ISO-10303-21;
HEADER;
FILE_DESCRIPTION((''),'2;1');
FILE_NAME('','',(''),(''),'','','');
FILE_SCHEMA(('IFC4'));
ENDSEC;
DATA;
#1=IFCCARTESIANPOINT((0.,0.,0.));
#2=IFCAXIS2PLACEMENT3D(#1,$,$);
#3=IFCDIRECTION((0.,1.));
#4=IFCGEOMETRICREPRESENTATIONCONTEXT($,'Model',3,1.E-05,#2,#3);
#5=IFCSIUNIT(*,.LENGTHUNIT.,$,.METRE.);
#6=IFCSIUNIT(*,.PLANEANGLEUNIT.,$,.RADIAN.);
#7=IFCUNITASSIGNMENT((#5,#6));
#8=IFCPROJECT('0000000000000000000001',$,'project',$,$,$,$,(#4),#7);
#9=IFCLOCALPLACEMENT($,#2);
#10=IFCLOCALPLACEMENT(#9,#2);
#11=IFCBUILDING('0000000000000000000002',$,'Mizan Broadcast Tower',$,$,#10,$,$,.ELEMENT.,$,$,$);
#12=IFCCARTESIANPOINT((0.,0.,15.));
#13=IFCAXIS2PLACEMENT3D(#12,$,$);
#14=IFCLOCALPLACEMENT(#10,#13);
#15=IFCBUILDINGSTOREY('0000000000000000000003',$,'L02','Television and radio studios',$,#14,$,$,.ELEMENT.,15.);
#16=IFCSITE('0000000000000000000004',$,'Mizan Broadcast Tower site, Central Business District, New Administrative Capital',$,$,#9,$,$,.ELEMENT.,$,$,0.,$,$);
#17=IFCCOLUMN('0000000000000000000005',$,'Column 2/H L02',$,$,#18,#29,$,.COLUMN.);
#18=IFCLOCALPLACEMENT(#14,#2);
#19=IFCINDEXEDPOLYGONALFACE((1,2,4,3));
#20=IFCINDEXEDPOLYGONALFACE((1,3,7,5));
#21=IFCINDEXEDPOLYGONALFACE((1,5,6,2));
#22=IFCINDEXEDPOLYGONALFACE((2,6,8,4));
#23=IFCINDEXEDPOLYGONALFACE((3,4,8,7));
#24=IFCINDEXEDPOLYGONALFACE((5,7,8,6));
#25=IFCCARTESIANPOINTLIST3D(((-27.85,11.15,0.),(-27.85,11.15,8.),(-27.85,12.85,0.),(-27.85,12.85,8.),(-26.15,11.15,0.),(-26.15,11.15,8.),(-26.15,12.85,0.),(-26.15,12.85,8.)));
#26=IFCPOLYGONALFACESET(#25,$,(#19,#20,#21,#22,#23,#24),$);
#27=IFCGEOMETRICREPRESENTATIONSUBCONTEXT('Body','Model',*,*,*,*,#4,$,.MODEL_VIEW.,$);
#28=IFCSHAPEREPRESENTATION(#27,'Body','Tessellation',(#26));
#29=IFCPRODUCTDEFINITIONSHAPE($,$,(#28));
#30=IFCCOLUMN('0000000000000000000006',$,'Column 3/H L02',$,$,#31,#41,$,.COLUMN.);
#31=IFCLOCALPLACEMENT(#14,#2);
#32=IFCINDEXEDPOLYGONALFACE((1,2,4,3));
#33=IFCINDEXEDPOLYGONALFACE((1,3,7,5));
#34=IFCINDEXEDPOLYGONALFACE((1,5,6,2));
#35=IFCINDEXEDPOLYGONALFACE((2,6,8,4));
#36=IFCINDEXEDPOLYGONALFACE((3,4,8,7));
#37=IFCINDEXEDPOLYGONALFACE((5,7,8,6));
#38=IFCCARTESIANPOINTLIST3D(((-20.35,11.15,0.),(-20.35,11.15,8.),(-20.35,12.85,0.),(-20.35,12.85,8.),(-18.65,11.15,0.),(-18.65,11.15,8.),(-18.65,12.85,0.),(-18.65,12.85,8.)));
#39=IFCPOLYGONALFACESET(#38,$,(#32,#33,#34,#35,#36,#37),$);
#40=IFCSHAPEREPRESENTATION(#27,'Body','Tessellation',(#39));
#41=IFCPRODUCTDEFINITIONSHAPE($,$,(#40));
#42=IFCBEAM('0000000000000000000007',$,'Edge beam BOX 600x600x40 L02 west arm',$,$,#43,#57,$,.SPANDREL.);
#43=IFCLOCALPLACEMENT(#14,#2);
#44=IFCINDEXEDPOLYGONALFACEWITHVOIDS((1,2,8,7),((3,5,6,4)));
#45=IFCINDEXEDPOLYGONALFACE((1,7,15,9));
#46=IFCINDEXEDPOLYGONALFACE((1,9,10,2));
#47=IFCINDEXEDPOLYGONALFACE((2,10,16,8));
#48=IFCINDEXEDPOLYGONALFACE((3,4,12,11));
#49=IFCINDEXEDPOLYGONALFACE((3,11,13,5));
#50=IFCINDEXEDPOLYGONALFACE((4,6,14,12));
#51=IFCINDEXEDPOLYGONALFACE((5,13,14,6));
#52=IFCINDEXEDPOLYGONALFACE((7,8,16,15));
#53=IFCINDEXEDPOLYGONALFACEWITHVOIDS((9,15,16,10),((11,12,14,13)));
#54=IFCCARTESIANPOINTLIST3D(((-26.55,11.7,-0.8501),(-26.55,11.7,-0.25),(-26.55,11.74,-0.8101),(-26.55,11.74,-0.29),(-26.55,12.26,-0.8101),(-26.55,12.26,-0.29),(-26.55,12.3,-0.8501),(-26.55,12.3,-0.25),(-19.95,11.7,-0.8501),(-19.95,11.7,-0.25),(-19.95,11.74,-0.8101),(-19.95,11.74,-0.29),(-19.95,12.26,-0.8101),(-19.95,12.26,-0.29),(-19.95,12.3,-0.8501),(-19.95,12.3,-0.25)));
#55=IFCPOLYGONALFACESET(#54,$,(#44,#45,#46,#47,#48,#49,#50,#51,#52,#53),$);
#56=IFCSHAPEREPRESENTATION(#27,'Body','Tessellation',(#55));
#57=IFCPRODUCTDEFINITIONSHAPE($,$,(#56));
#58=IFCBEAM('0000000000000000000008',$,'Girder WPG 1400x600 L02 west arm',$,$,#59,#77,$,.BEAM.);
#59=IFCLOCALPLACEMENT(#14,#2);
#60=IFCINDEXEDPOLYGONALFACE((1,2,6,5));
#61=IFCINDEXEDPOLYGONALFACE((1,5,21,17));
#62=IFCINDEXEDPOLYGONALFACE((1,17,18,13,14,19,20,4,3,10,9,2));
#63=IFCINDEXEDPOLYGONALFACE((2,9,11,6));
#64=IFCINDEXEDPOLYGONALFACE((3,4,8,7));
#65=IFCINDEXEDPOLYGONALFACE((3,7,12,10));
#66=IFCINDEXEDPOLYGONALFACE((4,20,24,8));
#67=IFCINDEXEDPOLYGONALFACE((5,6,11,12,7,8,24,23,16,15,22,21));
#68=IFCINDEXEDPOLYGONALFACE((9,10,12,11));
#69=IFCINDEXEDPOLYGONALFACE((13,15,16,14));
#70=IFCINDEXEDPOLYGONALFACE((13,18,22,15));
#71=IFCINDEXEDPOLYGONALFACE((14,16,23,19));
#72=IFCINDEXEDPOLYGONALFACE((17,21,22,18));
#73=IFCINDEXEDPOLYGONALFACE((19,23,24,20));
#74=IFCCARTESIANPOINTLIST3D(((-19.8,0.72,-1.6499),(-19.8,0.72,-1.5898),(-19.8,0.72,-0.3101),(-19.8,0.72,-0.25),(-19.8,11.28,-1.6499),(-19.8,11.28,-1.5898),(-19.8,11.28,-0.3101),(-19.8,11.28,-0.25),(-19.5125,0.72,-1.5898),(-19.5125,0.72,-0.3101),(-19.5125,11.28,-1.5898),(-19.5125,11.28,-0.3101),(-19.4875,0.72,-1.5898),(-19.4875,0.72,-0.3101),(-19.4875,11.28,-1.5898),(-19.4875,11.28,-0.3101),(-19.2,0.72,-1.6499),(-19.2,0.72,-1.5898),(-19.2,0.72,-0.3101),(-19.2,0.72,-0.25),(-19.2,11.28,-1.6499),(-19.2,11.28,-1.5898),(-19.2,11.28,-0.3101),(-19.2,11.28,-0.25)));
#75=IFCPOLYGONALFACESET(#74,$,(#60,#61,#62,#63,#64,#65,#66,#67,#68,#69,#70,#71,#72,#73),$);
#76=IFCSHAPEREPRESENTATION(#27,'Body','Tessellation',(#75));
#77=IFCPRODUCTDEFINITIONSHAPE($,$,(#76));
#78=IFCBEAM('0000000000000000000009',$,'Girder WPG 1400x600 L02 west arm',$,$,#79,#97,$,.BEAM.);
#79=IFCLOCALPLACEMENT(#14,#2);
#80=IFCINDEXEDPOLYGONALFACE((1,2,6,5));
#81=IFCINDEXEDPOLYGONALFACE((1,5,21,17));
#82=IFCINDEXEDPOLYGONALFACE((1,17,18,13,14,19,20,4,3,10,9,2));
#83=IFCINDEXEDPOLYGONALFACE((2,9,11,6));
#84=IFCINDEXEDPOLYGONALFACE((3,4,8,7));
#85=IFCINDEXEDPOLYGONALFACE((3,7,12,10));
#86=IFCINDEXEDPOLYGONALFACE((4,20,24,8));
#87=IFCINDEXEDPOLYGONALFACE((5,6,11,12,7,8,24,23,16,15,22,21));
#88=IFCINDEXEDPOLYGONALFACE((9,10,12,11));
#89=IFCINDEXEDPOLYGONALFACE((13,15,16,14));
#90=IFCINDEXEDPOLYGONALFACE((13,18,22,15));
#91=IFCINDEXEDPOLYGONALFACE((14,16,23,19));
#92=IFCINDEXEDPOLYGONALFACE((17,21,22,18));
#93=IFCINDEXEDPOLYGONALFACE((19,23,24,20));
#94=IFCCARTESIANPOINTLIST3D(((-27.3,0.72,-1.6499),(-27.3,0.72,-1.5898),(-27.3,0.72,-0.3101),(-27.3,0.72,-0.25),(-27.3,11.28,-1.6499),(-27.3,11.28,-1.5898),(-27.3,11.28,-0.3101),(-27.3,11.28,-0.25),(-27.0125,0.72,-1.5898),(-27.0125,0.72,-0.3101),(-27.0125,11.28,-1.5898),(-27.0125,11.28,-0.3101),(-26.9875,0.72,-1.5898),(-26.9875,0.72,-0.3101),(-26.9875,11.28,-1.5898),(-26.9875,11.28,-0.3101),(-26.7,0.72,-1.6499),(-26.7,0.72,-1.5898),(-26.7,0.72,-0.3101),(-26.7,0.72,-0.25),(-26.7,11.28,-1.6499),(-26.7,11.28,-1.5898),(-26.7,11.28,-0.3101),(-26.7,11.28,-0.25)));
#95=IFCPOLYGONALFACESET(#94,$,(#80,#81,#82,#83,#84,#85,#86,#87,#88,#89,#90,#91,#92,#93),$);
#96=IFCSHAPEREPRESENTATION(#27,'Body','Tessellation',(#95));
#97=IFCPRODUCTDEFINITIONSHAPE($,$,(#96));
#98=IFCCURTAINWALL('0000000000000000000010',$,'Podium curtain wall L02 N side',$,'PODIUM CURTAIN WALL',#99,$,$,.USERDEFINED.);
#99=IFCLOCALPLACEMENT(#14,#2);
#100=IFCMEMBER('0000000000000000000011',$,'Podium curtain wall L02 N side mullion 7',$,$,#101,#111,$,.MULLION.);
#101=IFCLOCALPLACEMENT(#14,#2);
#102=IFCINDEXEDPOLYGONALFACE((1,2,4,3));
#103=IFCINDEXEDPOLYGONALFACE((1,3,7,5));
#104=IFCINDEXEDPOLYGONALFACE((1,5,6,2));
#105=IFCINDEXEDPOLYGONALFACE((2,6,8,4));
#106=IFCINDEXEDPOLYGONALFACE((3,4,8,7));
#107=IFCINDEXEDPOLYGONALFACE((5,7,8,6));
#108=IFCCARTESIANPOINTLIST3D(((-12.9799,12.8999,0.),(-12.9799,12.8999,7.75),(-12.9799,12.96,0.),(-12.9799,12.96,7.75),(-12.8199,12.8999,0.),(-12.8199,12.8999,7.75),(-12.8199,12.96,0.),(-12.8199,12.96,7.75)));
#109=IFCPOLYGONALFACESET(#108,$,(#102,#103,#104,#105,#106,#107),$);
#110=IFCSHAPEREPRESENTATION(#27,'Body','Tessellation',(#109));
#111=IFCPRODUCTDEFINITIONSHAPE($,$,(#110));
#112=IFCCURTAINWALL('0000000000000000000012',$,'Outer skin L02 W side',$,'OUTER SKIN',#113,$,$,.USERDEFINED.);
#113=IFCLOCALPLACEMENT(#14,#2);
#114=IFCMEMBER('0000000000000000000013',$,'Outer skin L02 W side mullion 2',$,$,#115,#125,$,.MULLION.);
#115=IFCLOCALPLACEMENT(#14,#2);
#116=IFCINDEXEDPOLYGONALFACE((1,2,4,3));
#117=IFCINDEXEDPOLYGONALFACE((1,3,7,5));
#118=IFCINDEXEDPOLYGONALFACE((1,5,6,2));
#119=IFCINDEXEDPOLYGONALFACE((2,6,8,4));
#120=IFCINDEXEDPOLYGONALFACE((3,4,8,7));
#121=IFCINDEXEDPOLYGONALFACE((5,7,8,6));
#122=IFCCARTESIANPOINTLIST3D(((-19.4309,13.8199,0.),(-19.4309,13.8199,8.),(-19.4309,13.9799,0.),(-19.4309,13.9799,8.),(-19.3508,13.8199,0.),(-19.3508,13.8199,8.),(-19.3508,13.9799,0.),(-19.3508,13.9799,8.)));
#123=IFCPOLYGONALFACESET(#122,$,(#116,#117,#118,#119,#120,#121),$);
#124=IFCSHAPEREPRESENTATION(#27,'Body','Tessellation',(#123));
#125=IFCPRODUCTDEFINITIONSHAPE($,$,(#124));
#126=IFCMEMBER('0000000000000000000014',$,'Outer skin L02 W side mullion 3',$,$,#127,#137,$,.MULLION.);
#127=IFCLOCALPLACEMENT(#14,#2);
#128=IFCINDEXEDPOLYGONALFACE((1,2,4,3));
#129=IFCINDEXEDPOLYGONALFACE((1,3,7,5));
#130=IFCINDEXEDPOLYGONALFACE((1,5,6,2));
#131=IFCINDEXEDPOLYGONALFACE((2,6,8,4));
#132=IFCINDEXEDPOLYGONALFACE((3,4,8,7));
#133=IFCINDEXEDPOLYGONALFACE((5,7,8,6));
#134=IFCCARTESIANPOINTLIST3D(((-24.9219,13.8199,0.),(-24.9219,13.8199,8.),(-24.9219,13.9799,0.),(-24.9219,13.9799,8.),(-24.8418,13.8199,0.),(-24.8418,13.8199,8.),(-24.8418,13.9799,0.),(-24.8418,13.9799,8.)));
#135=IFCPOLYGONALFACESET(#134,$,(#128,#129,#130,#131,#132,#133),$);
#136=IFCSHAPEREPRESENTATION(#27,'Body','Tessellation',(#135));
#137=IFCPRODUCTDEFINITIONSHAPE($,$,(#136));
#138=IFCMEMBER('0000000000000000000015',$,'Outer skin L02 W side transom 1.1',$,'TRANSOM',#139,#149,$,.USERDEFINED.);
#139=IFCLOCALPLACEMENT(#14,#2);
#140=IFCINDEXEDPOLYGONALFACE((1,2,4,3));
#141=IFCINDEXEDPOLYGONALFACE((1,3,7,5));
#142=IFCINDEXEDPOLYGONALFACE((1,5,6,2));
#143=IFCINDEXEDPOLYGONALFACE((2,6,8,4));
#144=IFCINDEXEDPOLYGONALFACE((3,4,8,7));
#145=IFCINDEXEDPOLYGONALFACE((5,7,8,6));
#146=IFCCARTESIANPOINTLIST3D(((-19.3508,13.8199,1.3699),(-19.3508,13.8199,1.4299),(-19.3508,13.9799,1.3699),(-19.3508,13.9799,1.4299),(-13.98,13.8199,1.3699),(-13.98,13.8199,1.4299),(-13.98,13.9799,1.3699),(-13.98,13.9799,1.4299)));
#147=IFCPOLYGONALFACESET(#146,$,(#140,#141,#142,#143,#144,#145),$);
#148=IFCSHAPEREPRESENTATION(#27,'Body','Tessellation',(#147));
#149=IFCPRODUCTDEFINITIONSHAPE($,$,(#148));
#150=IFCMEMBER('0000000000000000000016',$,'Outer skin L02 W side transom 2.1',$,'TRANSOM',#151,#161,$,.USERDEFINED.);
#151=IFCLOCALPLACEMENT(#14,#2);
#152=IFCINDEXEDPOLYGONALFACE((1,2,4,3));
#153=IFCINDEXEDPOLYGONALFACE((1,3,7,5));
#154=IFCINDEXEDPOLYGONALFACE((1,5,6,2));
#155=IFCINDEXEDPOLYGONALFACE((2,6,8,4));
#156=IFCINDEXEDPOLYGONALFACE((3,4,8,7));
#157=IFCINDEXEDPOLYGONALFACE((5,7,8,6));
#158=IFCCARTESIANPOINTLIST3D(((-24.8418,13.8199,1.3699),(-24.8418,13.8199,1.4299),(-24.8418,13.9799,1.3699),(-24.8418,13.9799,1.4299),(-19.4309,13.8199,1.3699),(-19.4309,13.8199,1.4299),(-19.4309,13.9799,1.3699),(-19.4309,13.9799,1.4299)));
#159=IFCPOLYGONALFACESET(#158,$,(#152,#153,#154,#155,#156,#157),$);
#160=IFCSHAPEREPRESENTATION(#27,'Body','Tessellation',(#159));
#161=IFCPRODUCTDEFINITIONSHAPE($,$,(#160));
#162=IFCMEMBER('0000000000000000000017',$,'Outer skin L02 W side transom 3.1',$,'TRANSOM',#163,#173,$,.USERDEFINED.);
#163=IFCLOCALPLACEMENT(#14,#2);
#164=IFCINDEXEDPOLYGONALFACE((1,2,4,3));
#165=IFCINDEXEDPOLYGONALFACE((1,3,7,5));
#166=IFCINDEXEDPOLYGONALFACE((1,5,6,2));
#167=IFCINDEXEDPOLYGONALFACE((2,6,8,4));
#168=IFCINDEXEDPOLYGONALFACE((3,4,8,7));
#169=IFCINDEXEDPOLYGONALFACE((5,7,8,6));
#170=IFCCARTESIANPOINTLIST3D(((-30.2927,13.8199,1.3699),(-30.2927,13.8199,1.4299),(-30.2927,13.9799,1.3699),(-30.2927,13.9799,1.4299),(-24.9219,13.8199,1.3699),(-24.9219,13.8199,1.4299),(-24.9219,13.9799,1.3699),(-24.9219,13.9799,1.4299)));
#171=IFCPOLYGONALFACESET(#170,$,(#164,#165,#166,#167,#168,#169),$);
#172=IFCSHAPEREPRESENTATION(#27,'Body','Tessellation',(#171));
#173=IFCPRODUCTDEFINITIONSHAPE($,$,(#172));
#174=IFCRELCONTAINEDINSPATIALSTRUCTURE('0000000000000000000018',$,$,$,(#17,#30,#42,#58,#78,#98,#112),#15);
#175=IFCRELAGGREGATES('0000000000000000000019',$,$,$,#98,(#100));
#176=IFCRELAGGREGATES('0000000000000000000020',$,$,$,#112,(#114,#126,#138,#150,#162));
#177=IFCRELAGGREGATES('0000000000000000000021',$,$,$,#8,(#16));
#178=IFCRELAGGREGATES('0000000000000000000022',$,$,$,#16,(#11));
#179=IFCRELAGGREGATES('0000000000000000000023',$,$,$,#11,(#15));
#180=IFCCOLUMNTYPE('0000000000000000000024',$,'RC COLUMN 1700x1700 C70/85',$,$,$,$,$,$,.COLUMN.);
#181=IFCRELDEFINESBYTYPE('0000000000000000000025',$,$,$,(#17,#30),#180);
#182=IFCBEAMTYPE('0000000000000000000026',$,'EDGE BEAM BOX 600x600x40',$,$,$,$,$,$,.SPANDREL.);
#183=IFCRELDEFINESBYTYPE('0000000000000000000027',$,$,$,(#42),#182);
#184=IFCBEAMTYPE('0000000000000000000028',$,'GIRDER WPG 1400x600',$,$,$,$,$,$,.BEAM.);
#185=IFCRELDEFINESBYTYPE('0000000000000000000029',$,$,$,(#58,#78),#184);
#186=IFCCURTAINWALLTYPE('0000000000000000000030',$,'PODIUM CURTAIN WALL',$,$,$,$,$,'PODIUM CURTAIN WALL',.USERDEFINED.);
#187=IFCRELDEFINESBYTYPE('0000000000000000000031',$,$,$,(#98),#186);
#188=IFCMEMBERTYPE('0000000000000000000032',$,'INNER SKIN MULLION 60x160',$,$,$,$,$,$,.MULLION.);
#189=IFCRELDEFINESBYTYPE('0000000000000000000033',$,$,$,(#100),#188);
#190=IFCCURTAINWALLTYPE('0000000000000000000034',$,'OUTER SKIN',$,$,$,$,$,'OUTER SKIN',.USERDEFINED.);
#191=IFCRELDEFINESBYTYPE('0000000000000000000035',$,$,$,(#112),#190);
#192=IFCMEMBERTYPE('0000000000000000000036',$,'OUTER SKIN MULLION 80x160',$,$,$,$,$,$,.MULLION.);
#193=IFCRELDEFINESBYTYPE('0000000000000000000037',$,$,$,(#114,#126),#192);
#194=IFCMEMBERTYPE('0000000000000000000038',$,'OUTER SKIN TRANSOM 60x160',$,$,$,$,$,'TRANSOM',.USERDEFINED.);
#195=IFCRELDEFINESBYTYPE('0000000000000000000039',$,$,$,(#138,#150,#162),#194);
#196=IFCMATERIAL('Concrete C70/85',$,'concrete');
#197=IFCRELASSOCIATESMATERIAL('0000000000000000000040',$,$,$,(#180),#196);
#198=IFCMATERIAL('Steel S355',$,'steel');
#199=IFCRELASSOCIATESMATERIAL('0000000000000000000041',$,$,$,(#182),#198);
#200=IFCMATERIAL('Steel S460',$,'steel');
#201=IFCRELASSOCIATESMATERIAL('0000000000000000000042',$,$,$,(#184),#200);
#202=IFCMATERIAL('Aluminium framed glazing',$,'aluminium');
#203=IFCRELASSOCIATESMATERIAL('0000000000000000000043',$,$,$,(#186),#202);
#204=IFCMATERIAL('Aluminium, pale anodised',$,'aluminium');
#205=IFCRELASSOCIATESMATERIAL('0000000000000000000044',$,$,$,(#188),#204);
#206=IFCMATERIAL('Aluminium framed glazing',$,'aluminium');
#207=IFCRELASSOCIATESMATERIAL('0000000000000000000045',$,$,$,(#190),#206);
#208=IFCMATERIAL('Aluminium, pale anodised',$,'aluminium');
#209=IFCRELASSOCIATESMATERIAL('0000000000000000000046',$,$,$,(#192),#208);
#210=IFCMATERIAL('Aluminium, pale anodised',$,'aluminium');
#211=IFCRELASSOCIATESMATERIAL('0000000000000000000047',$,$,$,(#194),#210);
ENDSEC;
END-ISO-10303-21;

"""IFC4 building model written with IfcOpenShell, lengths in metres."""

from ifc_helpers import new_model, si_unit, direction, frame, origin, origin_2d, place, context, subcontext, project, spatial, rectangle, hollow_rectangle, i_section, extrude, material, material_profile, profile_set, type_object, element, aggregate, save


model = new_model("IFC4")

# Units and contexts
model_context = context("Model", 3, precision=1e-05, world=origin(), true_north=direction((0.0, 1.0)))
body_context = subcontext(model_context, "Body", "Model", "MODEL_VIEW")
ifc_project = project(units=[si_unit("LENGTHUNIT", "METRE"), si_unit("PLANEANGLEUNIT", "RADIAN")], contexts=[model_context])

# Site, building, storey
site_placement = place(None, origin())
site = spatial("IfcSite", under=ifc_project, at=site_placement, Name="Mizan Broadcast Tower site, Central Business District, New Administrative Capital", CompositionType="ELEMENT", RefElevation=0.0)
building_placement = place(site_placement, origin())
building = spatial("IfcBuilding", under=site, at=building_placement, Name="Mizan Broadcast Tower", CompositionType="ELEMENT")
storey_placement = place(building_placement, frame((0.0, 0.0, 15.0)))
storey = spatial("IfcBuildingStorey", under=building, at=storey_placement, Name="L02", Description="Television and radio studios", CompositionType="ELEMENT", Elevation=15.0)

# Columns
ifc_material_1 = material(Name="Concrete C70/85", Category="concrete")
ifc_material_profile_1 = material_profile(ifc_material_1, rectangle(XDim=1.7, YDim=1.7, at=origin_2d()), Name="RC 1700x1700")
ifc_profile_set_1 = profile_set([ifc_material_profile_1], Name="Concrete C70/85")
column_type = type_object("IfcColumnType", Name="RC COLUMN 1700x1700 C70/85", PredefinedType="COLUMN", material=ifc_profile_set_1)
for number, where, z_axis, x_axis, name in (
    (1, (-27.0, 12.0, 0.0), (0.0, 0.0, 1.0), (1.0, 0.0, 0.0), "Column 2/H L02"),
    (2, (-19.5, 12.0, 0.0), (0.0, 0.0, 1.0), (1.0, 0.0, 0.0), "Column 3/H L02"),
):
    element("IfcColumn", number, at=place(storey_placement, frame(where, z_axis=z_axis, x_axis=x_axis)), inside=storey, type_object=column_type, Name=name, PredefinedType="COLUMN", context=body_context, shape_type="SweptSolid", body=[
        extrude(rectangle(XDim=1.7, YDim=1.7, at=origin_2d()), origin(), (0.0, 0.0, 1.0), 8.0),
    ])

# Beams
ifc_material_2 = material(Name="Steel S355", Category="steel")
ifc_material_profile_2 = material_profile(ifc_material_2, hollow_rectangle(XDim=0.6001, YDim=0.6001, WallThickness=0.04, at=origin_2d()), Name="BOX 600x600x40")
ifc_profile_set_2 = profile_set([ifc_material_profile_2], Name="Steel S355")
beam_type_1 = type_object("IfcBeamType", Name="EDGE BEAM BOX 600x600x40", PredefinedType="SPANDREL", material=ifc_profile_set_2)
beam_1_placement = place(storey_placement, frame((-19.95, 12.0, -0.55), z_axis=(-1.0, 0.0, 0.0), x_axis=(0.0, -1.0, 0.0)))
element("IfcBeam", 3, at=beam_1_placement, inside=storey, type_object=beam_type_1, Name="Edge beam BOX 600x600x40 L02 west arm", PredefinedType="SPANDREL", context=body_context, shape_type="SweptSolid", body=[
    extrude(hollow_rectangle(XDim=0.6001, YDim=0.6001, WallThickness=0.04, at=origin_2d()), origin(), (0.0, 0.0, 1.0), 6.6001),
])
ifc_material_3 = material(Name="Steel S460", Category="steel")
ifc_material_profile_3 = material_profile(ifc_material_3, i_section(OverallWidth=0.6001, OverallDepth=1.3999, WebThickness=0.0249, FlangeThickness=0.0601, at=origin_2d()), Name="WPG 1400x600")
ifc_profile_set_3 = profile_set([ifc_material_profile_3], Name="Steel S460")
beam_type_2 = type_object("IfcBeamType", Name="GIRDER WPG 1400x600", PredefinedType="BEAM", material=ifc_profile_set_3)
for number, where, z_axis, x_axis, name in (
    (4, (-19.5, 11.28, -0.95), (0.0, -1.0, 0.0), (1.0, 0.0, 0.0), "Girder WPG 1400x600 L02 west arm"),
    (5, (-27.0, 11.28, -0.95), (0.0, -1.0, 0.0), (1.0, 0.0, 0.0), "Girder WPG 1400x600 L02 west arm"),
):
    element("IfcBeam", number, at=place(storey_placement, frame(where, z_axis=z_axis, x_axis=x_axis)), inside=storey, type_object=beam_type_2, Name=name, PredefinedType="BEAM", context=body_context, shape_type="SweptSolid", body=[
        extrude(i_section(OverallWidth=0.6001, OverallDepth=1.3999, WebThickness=0.0249, FlangeThickness=0.0601, at=origin_2d()), origin(), (0.0, 0.0, 1.0), 10.5601),
    ])

# Curtain wall, member
ifc_material_4 = material(Name="Aluminium framed glazing", Category="aluminium")
curtain_wall_type_1 = type_object("IfcCurtainWallType", Name="PODIUM CURTAIN WALL", ElementType="PODIUM CURTAIN WALL", PredefinedType="USERDEFINED", material=ifc_material_4)
curtain_wall_1_placement = place(storey_placement, origin())
curtain_wall_1 = element("IfcCurtainWall", 6, at=curtain_wall_1_placement, inside=storey, type_object=curtain_wall_type_1, Name="Podium curtain wall L02 N side", ObjectType="PODIUM CURTAIN WALL", PredefinedType="USERDEFINED")
ifc_material_5 = material(Name="Aluminium, pale anodised", Category="aluminium")
ifc_material_profile_4 = material_profile(ifc_material_5, rectangle(XDim=0.1599, YDim=0.0601, at=origin_2d()), Name="MULLION 160x60")
ifc_profile_set_4 = profile_set([ifc_material_profile_4], Name="Aluminium, pale anodised")
member_type_1 = type_object("IfcMemberType", Name="INNER SKIN MULLION 60x160", PredefinedType="MULLION", material=ifc_profile_set_4)
member_1_placement = place(storey_placement, frame((-12.8999, 12.9299, 0.0), z_axis=(0.0, 0.0, 1.0), x_axis=(1.0, 0.0, 0.0)))
member_1 = element("IfcMember", 7, at=member_1_placement, type_object=member_type_1, Name="Podium curtain wall L02 N side mullion 7", PredefinedType="MULLION", context=body_context, shape_type="SweptSolid", body=[
    extrude(rectangle(XDim=0.1599, YDim=0.0601, at=origin_2d()), origin(), (0.0, 0.0, 1.0), 7.75),
])
aggregate(curtain_wall_1, [member_1])

# Curtain wall, members
ifc_material_6 = material(Name="Aluminium framed glazing", Category="aluminium")
curtain_wall_type_2 = type_object("IfcCurtainWallType", Name="OUTER SKIN", ElementType="OUTER SKIN", PredefinedType="USERDEFINED", material=ifc_material_6)
curtain_wall_2_placement = place(storey_placement, origin())
curtain_wall_2 = element("IfcCurtainWall", 8, at=curtain_wall_2_placement, inside=storey, type_object=curtain_wall_type_2, Name="Outer skin L02 W side", ObjectType="OUTER SKIN", PredefinedType="USERDEFINED")
ifc_material_7 = material(Name="Aluminium, pale anodised", Category="aluminium")
ifc_material_profile_5 = material_profile(ifc_material_7, rectangle(XDim=0.1599, YDim=0.0801, at=origin_2d()), Name="MULLION 160x80")
ifc_profile_set_5 = profile_set([ifc_material_profile_5], Name="Aluminium, pale anodised")
member_type_2 = type_object("IfcMemberType", Name="OUTER SKIN MULLION 80x160", PredefinedType="MULLION", material=ifc_profile_set_5)
member_2_placement = place(storey_placement, frame((-19.3909, 13.8999, 0.0), z_axis=(0.0, 0.0, 1.0), x_axis=(0.0, -1.0, 0.0)))
member_2 = element("IfcMember", 9, at=member_2_placement, type_object=member_type_2, Name="Outer skin L02 W side mullion 2", PredefinedType="MULLION", context=body_context, shape_type="SweptSolid", body=[
    extrude(rectangle(XDim=0.1599, YDim=0.0801, at=origin_2d()), origin(), (0.0, 0.0, 1.0), 8.0),
])
member_3_placement = place(storey_placement, frame((-24.8818, 13.8999, 0.0), z_axis=(0.0, 0.0, 1.0), x_axis=(0.0, -1.0, 0.0)))
member_3 = element("IfcMember", 10, at=member_3_placement, type_object=member_type_2, Name="Outer skin L02 W side mullion 3", PredefinedType="MULLION", context=body_context, shape_type="SweptSolid", body=[
    extrude(rectangle(XDim=0.1599, YDim=0.0801, at=origin_2d()), origin(), (0.0, 0.0, 1.0), 8.0),
])
ifc_material_8 = material(Name="Aluminium, pale anodised", Category="aluminium")
ifc_material_profile_6 = material_profile(ifc_material_8, rectangle(XDim=0.1599, YDim=0.0601, at=origin_2d()), Name="TRANSOM 160x60")
ifc_profile_set_6 = profile_set([ifc_material_profile_6], Name="Aluminium, pale anodised")
member_type_3 = type_object("IfcMemberType", Name="OUTER SKIN TRANSOM 60x160", ElementType="TRANSOM", PredefinedType="USERDEFINED", material=ifc_profile_set_6)
member_4_placement = place(storey_placement, frame((-13.98, 13.8999, 1.3999), z_axis=(-1.0, 0.0, 0.0), x_axis=(0.0, -1.0, 0.0)))
member_4 = element("IfcMember", 11, at=member_4_placement, type_object=member_type_3, Name="Outer skin L02 W side transom 1.1", ObjectType="TRANSOM", PredefinedType="USERDEFINED", context=body_context, shape_type="SweptSolid", body=[
    extrude(rectangle(XDim=0.1599, YDim=0.0601, at=origin_2d()), origin(), (0.0, 0.0, 1.0), 5.3708),
])
member_5_placement = place(storey_placement, frame((-19.4309, 13.8999, 1.3999), z_axis=(-1.0, 0.0, 0.0), x_axis=(0.0, -1.0, 0.0)))
member_5 = element("IfcMember", 12, at=member_5_placement, type_object=member_type_3, Name="Outer skin L02 W side transom 2.1", ObjectType="TRANSOM", PredefinedType="USERDEFINED", context=body_context, shape_type="SweptSolid", body=[
    extrude(rectangle(XDim=0.1599, YDim=0.0601, at=origin_2d()), origin(), (0.0, 0.0, 1.0), 5.4109),
])
member_6_placement = place(storey_placement, frame((-24.9219, 13.8999, 1.3999), z_axis=(-1.0, 0.0, 0.0), x_axis=(0.0, -1.0, 0.0)))
member_6 = element("IfcMember", 13, at=member_6_placement, type_object=member_type_3, Name="Outer skin L02 W side transom 3.1", ObjectType="TRANSOM", PredefinedType="USERDEFINED", context=body_context, shape_type="SweptSolid", body=[
    extrude(rectangle(XDim=0.1599, YDim=0.0601, at=origin_2d()), origin(), (0.0, 0.0, 1.0), 5.3708),
])

aggregate(curtain_wall_2, [member_2, member_3, member_4, member_5, member_6])

save(model, "model.ifc")
